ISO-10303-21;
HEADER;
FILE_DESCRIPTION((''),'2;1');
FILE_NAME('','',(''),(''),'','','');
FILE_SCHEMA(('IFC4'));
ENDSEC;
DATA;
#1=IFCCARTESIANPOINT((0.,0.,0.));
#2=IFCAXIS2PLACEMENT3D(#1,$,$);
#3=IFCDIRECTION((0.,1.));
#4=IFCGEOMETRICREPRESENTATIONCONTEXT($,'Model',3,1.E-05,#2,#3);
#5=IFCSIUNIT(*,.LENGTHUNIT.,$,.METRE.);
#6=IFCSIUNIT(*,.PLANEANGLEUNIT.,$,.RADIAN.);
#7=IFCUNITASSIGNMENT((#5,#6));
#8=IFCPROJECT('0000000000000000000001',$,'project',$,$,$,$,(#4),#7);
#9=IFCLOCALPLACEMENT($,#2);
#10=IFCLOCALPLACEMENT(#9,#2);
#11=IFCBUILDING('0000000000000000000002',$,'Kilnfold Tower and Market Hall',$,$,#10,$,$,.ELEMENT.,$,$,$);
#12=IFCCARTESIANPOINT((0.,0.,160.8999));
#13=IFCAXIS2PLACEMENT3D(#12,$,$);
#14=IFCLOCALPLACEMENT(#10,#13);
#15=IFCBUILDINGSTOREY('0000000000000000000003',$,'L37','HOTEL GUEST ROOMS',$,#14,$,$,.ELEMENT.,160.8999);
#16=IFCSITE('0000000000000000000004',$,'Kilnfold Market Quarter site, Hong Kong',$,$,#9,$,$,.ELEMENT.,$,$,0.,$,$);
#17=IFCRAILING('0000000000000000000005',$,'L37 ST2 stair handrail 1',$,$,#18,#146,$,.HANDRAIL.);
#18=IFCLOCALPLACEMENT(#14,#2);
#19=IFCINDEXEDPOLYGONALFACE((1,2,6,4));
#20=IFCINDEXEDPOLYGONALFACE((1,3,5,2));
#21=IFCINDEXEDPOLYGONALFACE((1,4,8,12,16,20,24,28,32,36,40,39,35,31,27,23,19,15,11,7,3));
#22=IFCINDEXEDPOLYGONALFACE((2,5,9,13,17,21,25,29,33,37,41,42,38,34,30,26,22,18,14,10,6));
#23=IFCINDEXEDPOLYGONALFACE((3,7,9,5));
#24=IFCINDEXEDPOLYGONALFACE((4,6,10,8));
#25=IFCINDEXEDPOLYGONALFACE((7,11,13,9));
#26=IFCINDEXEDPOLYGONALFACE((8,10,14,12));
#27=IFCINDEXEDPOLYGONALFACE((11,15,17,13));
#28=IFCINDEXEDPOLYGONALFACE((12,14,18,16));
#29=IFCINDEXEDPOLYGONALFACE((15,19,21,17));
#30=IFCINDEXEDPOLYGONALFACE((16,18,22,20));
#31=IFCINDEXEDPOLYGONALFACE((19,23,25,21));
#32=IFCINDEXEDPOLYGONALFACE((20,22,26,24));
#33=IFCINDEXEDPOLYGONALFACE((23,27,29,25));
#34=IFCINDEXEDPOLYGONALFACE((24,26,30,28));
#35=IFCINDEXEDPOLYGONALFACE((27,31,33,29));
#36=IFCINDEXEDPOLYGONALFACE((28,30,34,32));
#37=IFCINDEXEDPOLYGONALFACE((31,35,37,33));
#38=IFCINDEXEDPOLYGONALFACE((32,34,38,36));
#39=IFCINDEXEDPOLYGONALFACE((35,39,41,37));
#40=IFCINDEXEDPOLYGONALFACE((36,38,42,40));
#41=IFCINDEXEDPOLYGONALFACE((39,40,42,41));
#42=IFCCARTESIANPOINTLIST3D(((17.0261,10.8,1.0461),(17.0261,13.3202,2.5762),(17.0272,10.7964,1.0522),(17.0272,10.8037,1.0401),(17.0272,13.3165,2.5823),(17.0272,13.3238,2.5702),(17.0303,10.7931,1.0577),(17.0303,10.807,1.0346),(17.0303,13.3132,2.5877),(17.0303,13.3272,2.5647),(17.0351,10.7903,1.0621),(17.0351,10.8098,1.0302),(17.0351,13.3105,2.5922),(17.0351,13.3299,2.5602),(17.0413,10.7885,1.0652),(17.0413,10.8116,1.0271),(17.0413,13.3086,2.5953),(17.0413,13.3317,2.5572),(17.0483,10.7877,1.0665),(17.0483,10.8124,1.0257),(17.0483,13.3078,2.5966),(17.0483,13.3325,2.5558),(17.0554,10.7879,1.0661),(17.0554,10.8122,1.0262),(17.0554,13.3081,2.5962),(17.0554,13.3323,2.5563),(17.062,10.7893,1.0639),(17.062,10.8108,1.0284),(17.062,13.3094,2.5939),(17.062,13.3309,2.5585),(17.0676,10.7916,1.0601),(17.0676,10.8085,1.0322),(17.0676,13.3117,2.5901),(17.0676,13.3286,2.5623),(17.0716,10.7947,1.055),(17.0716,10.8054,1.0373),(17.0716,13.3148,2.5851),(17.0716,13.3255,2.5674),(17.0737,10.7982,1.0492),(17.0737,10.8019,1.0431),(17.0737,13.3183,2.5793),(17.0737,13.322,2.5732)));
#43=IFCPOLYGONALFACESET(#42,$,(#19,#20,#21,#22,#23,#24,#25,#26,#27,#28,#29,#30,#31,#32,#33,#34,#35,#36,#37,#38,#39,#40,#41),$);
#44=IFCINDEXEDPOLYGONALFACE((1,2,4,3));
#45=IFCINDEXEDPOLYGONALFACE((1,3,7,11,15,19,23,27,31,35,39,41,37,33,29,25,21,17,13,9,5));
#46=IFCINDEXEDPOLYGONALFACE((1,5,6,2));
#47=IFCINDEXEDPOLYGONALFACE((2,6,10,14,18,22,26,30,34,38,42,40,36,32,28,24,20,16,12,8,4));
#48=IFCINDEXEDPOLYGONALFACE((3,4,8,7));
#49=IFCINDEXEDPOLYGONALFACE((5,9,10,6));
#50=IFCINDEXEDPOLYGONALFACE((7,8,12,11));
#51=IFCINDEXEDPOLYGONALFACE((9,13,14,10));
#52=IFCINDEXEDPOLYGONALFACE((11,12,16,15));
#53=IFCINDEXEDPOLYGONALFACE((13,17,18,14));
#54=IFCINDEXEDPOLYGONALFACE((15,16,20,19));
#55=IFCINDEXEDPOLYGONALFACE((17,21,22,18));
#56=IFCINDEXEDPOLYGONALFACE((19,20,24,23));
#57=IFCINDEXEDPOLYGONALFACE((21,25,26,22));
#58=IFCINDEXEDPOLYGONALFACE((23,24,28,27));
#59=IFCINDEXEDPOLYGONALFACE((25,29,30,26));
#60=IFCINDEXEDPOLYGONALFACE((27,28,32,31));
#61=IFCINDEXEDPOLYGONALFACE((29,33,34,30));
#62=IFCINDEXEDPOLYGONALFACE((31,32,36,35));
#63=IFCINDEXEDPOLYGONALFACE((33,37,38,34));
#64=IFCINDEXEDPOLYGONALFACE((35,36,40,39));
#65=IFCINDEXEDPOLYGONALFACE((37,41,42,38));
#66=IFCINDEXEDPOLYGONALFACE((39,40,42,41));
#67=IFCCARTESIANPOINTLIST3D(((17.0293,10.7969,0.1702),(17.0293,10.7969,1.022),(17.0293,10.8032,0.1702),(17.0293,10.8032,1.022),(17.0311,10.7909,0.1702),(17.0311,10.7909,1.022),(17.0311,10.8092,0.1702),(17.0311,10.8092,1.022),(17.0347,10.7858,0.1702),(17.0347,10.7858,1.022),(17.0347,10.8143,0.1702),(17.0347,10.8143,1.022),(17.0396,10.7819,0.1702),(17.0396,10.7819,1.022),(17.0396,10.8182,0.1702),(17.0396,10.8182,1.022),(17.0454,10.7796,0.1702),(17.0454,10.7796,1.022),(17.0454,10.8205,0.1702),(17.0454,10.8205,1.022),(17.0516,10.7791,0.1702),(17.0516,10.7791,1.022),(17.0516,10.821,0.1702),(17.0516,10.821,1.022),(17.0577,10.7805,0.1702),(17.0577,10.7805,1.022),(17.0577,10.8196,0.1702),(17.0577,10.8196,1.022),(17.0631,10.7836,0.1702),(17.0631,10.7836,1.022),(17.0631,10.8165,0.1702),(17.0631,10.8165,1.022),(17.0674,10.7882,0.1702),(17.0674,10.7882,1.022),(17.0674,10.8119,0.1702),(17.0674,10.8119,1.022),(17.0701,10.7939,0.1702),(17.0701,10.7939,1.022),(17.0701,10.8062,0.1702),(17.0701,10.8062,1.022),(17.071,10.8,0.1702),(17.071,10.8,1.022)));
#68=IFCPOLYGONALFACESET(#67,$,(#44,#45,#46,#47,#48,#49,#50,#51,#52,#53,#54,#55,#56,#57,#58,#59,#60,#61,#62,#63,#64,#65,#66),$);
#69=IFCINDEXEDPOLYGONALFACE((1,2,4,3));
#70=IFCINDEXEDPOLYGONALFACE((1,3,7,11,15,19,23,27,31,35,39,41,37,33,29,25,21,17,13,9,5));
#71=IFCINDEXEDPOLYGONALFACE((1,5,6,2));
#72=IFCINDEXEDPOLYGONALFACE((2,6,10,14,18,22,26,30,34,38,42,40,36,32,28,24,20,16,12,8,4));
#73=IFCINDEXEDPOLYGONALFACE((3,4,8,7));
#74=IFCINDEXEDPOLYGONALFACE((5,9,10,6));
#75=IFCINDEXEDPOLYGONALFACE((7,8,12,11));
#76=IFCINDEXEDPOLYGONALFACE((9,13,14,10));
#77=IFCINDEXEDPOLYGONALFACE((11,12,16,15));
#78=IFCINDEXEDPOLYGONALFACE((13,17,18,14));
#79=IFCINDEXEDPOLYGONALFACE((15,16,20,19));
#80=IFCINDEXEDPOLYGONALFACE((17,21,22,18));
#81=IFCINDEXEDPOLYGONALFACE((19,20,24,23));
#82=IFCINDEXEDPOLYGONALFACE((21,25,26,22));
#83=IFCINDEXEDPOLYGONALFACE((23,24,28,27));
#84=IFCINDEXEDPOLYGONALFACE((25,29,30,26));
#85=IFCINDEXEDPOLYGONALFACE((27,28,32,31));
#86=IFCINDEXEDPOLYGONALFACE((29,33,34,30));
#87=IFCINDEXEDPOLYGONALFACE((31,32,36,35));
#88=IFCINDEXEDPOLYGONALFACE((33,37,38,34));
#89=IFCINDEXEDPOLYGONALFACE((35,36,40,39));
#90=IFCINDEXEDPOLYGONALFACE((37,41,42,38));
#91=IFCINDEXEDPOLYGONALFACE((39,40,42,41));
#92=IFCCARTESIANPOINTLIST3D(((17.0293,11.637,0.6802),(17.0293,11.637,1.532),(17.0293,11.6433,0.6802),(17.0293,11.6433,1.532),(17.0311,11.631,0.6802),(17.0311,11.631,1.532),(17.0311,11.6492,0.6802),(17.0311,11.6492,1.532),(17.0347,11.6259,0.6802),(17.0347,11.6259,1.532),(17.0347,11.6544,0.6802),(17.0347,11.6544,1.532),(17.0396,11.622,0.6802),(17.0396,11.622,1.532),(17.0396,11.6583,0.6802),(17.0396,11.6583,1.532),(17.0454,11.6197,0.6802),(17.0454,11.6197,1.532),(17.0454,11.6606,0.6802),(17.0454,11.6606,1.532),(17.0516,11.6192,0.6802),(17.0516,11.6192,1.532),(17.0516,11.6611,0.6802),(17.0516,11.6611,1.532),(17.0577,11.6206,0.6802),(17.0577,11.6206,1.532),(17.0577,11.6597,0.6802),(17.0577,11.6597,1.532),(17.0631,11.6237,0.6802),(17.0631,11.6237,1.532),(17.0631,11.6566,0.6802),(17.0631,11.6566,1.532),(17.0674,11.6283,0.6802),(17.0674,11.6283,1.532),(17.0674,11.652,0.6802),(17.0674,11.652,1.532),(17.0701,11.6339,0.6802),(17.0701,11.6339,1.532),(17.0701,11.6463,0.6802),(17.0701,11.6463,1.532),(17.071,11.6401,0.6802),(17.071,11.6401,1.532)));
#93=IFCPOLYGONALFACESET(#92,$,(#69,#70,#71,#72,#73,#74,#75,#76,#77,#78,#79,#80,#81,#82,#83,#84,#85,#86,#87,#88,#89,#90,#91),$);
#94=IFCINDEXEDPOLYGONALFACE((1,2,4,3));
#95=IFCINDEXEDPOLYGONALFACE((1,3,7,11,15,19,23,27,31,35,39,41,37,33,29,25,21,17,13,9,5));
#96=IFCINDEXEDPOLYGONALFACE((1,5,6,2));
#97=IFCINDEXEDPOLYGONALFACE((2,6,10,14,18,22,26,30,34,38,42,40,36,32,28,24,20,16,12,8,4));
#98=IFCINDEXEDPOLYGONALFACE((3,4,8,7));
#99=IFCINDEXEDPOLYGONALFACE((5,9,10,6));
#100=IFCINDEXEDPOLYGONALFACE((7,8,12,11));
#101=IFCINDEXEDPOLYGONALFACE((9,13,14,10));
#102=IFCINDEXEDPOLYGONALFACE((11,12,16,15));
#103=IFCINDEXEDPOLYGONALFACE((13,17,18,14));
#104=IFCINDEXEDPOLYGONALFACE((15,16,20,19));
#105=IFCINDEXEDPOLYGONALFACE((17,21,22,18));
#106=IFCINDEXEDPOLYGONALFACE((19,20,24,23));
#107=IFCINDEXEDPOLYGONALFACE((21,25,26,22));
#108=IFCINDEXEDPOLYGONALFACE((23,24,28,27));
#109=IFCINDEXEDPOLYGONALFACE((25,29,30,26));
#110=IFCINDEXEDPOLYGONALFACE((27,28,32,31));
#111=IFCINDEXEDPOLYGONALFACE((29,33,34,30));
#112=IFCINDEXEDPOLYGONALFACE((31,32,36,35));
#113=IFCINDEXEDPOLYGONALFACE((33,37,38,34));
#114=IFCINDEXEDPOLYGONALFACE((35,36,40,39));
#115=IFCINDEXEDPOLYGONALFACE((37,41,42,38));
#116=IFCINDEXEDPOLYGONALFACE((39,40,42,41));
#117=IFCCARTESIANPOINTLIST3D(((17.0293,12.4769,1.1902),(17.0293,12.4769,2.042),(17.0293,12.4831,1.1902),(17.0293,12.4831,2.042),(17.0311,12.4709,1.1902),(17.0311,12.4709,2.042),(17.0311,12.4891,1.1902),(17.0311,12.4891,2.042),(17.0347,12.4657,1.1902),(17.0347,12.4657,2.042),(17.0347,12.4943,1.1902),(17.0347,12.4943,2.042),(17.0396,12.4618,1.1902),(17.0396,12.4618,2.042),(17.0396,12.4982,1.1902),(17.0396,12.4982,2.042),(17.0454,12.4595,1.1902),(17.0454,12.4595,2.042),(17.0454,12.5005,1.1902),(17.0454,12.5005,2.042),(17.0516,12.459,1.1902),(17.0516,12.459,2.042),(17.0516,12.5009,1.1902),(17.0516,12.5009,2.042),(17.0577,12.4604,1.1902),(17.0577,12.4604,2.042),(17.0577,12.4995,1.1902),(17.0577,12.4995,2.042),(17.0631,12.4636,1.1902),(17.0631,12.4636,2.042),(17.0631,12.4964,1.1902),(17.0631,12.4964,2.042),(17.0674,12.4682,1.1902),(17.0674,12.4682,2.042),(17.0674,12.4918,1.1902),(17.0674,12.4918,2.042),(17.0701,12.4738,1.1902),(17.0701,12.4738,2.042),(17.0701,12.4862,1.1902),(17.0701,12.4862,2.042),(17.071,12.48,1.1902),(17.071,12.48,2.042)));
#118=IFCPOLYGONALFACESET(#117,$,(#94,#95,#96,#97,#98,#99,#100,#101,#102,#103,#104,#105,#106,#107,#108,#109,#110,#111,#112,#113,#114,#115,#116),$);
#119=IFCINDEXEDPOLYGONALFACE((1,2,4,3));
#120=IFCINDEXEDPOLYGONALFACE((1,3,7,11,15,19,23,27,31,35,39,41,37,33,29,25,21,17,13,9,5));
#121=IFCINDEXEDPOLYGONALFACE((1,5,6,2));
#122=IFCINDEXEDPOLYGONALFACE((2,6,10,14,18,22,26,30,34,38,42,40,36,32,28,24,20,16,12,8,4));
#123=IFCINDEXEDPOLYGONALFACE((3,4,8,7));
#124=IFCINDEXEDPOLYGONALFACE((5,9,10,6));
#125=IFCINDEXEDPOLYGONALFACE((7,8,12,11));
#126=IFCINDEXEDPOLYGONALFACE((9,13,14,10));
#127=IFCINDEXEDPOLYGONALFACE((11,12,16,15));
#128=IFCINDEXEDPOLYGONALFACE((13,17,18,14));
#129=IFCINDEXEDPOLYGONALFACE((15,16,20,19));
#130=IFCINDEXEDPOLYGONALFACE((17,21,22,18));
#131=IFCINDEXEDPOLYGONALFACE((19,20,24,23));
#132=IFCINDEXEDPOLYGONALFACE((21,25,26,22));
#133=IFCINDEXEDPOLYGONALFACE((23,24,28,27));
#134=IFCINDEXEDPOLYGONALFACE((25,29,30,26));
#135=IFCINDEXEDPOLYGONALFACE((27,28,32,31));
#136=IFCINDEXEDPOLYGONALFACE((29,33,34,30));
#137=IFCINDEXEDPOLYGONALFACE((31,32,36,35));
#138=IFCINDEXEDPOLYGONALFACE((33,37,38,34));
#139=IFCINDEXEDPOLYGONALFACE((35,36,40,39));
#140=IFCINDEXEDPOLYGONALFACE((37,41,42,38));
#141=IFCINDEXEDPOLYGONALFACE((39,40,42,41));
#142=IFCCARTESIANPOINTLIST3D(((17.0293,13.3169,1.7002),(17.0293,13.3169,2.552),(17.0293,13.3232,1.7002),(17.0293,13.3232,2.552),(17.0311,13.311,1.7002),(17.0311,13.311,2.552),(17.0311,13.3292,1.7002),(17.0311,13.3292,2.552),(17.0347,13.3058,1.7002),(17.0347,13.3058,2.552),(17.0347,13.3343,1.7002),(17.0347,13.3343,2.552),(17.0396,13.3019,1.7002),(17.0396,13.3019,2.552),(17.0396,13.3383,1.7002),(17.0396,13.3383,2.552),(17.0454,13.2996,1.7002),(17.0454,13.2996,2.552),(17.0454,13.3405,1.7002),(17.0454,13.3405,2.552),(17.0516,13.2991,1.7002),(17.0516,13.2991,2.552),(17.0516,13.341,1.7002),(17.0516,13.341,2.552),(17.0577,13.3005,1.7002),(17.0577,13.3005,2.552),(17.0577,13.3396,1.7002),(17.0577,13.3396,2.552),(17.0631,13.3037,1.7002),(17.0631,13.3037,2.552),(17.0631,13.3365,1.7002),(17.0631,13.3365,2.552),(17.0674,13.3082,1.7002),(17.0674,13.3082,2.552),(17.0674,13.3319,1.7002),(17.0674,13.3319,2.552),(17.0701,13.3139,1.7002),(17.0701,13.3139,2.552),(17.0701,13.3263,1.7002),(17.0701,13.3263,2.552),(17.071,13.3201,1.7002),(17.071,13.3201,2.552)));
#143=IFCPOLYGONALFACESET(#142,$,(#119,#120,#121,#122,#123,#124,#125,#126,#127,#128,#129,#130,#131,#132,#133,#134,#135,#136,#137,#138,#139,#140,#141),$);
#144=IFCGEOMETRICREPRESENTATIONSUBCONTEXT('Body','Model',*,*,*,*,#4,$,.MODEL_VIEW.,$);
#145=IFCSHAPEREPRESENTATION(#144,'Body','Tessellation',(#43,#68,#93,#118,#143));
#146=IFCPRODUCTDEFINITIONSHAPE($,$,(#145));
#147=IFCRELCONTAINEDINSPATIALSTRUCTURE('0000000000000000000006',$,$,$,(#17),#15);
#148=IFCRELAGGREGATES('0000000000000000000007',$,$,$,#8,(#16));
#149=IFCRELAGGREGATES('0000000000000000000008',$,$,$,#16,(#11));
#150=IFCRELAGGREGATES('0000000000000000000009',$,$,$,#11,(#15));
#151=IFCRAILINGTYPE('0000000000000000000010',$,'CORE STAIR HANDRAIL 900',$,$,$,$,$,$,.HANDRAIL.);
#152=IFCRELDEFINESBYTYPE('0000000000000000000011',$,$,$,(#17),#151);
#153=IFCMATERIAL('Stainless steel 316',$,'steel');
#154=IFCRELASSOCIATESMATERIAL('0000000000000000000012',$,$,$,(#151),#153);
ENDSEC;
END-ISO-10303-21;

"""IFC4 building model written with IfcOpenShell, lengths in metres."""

from ifc_helpers import new_model, si_unit, direction, frame, origin, origin_2d, place, context, subcontext, project, spatial, circle, extrude, material, type_object, element, save


model = new_model("IFC4")

# Units and contexts
model_context = context("Model", 3, precision=1e-05, world=origin(), true_north=direction((0.0, 1.0)))
body_context = subcontext(model_context, "Body", "Model", "MODEL_VIEW")
ifc_project = project(units=[si_unit("LENGTHUNIT", "METRE"), si_unit("PLANEANGLEUNIT", "RADIAN")], contexts=[model_context])

# Site, building, storey
site_placement = place(None, origin())
site = spatial("IfcSite", under=ifc_project, at=site_placement, Name="Kilnfold Market Quarter site, Hong Kong", CompositionType="ELEMENT", RefElevation=0.0)
building_placement = place(site_placement, origin())
building = spatial("IfcBuilding", under=site, at=building_placement, Name="Kilnfold Tower and Market Hall", CompositionType="ELEMENT")
storey_placement = place(building_placement, frame((0.0, 0.0, 160.8999)))
storey = spatial("IfcBuildingStorey", under=building, at=storey_placement, Name="L37", Description="HOTEL GUEST ROOMS", CompositionType="ELEMENT", Elevation=160.8999)

# Railing
ifc_material_1 = material(Name="Stainless steel 316", Category="steel")
railing_type_1 = type_object("IfcRailingType", Name="CORE STAIR HANDRAIL 900", PredefinedType="HANDRAIL", material=ifc_material_1)
railing_1_placement = place(storey_placement, frame((17.05, 10.8, 0.1702)))
element("IfcRailing", 1, at=railing_1_placement, inside=storey, type_object=railing_type_1, Name="L37 ST2 stair handrail 1", PredefinedType="HANDRAIL", context=body_context, shape_type="SweptSolid", body=[
    extrude(circle(Radius=0.0239, at=origin_2d()), frame((0.0, 0.0, 0.876), z_axis=(0.0, 0.854785, 0.518982), x_axis=(-1.0, 0.0, 0.0)), (0.0, 0.0, 1.0), 2.9482),
    extrude(circle(Radius=0.021, at=origin_2d()), origin(), (0.0, 0.0, 1.0), 0.8518),
    extrude(circle(Radius=0.021, at=origin_2d()), frame((0.0, 0.8401, 0.51)), (0.0, 0.0, 1.0), 0.8518),
    extrude(circle(Radius=0.021, at=origin_2d()), frame((0.0, 1.6799, 1.02)), (0.0, 0.0, 1.0), 0.8518),
    extrude(circle(Radius=0.021, at=origin_2d()), frame((0.0, 2.52, 1.53)), (0.0, 0.0, 1.0), 0.8518),
])

save(model, "model.ifc")
